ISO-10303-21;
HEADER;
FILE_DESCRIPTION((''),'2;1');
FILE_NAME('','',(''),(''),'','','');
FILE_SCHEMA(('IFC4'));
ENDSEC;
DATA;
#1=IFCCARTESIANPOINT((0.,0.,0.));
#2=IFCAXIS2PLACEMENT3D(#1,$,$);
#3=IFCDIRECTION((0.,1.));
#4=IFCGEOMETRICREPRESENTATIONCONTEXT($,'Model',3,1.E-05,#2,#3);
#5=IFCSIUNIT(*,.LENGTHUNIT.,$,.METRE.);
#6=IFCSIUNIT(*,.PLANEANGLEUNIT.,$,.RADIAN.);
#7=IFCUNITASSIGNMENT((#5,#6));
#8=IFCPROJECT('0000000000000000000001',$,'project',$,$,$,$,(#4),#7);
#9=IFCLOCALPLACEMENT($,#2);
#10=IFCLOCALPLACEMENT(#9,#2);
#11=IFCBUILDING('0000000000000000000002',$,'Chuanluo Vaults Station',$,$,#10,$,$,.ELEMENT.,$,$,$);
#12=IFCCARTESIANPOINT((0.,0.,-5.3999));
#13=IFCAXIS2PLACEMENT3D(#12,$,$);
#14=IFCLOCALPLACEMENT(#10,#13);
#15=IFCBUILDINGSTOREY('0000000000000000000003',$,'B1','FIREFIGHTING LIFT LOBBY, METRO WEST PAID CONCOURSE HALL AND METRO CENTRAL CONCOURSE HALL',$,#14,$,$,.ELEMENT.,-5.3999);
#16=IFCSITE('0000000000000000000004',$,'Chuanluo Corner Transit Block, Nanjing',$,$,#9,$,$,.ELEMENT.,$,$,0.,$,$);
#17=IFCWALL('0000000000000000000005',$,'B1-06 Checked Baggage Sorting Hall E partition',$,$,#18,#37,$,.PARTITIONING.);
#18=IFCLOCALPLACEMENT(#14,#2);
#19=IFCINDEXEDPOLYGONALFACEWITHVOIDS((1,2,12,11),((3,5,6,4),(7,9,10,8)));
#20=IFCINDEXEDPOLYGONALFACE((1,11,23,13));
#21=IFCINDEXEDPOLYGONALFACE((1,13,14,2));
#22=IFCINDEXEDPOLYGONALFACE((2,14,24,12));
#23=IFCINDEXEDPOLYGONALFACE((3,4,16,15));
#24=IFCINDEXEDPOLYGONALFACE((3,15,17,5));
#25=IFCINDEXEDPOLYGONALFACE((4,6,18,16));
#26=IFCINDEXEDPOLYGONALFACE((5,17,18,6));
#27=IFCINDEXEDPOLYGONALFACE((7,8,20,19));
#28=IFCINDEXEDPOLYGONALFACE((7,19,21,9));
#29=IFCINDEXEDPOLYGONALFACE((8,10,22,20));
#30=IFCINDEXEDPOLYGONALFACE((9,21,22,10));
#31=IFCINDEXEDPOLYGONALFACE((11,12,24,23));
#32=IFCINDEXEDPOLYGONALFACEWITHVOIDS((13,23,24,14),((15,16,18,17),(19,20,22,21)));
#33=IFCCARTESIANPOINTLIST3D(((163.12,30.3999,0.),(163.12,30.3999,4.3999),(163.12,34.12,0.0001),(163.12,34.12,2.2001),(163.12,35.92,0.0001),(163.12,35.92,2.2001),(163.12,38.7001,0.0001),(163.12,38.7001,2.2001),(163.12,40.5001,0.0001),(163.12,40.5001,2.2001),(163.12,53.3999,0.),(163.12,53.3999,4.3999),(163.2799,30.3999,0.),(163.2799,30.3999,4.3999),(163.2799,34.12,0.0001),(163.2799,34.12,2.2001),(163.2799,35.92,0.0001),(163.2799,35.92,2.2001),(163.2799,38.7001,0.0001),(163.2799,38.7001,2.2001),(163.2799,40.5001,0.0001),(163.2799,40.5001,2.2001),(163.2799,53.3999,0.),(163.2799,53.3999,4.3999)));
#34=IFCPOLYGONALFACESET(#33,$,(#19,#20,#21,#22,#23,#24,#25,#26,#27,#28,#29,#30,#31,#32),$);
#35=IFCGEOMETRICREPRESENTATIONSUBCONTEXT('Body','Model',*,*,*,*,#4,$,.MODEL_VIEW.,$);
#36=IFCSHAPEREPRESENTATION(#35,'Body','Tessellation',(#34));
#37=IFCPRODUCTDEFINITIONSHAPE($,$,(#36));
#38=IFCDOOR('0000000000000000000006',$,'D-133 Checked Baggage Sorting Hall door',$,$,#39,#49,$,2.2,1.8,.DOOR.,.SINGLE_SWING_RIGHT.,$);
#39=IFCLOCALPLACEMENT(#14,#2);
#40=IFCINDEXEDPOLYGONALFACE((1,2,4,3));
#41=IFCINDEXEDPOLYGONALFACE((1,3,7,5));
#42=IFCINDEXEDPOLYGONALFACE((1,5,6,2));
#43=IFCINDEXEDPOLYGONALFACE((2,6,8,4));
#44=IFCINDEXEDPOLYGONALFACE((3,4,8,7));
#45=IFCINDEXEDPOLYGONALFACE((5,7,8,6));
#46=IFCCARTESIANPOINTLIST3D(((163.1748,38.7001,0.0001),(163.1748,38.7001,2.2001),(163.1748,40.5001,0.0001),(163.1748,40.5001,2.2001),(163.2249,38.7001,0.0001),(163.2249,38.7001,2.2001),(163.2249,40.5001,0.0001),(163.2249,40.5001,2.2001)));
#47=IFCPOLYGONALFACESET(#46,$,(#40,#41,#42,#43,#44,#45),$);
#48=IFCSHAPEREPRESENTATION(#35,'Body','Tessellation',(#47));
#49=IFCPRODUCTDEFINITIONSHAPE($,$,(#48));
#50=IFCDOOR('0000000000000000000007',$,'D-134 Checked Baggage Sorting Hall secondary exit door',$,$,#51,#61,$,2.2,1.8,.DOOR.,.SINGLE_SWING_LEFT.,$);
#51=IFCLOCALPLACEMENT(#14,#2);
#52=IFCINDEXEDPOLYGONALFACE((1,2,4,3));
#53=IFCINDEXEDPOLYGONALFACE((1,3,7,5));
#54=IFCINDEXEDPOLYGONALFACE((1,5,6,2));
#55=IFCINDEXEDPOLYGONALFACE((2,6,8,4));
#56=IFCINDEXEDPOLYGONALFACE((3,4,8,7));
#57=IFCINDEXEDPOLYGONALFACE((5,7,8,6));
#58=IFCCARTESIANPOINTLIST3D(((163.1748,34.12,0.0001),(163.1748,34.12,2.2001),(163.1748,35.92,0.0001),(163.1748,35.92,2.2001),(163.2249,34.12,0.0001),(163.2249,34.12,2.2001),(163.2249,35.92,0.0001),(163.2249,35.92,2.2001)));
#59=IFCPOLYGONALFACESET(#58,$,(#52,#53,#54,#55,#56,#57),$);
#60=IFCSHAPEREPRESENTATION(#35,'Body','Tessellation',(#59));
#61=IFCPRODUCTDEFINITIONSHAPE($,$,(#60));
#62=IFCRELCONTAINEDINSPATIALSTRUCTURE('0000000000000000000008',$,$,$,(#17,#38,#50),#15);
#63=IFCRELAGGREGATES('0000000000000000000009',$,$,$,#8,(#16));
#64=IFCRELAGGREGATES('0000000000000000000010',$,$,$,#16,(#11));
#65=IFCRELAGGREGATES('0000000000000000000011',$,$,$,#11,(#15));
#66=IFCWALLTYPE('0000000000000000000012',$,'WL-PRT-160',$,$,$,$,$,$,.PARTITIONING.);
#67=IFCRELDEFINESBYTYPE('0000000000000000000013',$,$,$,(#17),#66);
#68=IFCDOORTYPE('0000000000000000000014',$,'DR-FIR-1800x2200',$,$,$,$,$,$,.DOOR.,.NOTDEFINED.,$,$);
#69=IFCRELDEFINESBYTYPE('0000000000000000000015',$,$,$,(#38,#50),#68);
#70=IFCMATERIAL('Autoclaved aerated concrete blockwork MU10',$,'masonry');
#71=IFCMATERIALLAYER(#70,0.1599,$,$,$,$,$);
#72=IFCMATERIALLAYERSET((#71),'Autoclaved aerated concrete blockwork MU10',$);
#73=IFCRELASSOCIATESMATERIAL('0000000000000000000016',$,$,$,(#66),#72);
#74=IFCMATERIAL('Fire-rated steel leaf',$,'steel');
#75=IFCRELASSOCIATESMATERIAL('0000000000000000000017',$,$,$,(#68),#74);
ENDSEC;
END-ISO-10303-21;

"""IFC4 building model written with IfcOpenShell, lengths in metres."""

from ifc_helpers import new_model, si_unit, direction, frame, frame_2d, origin, place, context, subcontext, project, spatial, rectangle, extrude, material, layer, layer_set, type_object, element, fill, save


model = new_model("IFC4")

# Units and contexts
model_context = context("Model", 3, precision=1e-05, world=origin(), true_north=direction((0.0, 1.0)))
body_context = subcontext(model_context, "Body", "Model", "MODEL_VIEW")
ifc_project = project(units=[si_unit("LENGTHUNIT", "METRE"), si_unit("PLANEANGLEUNIT", "RADIAN")], contexts=[model_context])

# Site, building, storey
site_placement = place(None, origin())
site = spatial("IfcSite", under=ifc_project, at=site_placement, Name="Chuanluo Corner Transit Block, Nanjing", CompositionType="ELEMENT", RefElevation=0.0)
building_placement = place(site_placement, origin())
building = spatial("IfcBuilding", under=site, at=building_placement, Name="Chuanluo Vaults Station", CompositionType="ELEMENT")
storey_placement = place(building_placement, frame((0.0, 0.0, -5.3999)))
storey = spatial("IfcBuildingStorey", under=building, at=storey_placement, Name="B1", Description="FIREFIGHTING LIFT LOBBY, METRO WEST PAID CONCOURSE HALL AND METRO CENTRAL CONCOURSE HALL", CompositionType="ELEMENT", Elevation=-5.3999)

# Shared definitions
ifc_material_1 = material(Name="Autoclaved aerated concrete blockwork MU10", Category="masonry")
ifc_layer = layer(ifc_material_1, 0.1599)
ifc_layer_set = layer_set([ifc_layer], Name="Autoclaved aerated concrete blockwork MU10")
wall_type = type_object("IfcWallType", Name="WL-PRT-160", PredefinedType="PARTITIONING", material=ifc_layer_set)

# Wall, openings, doors
wall_1_placement = place(storey_placement, frame((163.2, 53.3999, 0.0), z_axis=(0.0, 0.0, 1.0), x_axis=(0.0, -1.0, 0.0)))
wall_1 = element("IfcWall", 1, at=wall_1_placement, inside=storey, type_object=wall_type, Name="B1-06 Checked Baggage Sorting Hall E partition", PredefinedType="PARTITIONING", context=body_context, shape_type="SweptSolid", body=[
    extrude(rectangle(XDim=23.0, YDim=0.1599, at=frame_2d((11.5, 0.0))), origin(), (0.0, 0.0, 1.0), 4.3999),
])
opening_1_placement = place(wall_1_placement, frame((12.8999, 0.0, 0.0)))
opening_1 = element("IfcOpeningElement", 2, at=opening_1_placement, cuts=wall_1, PredefinedType="OPENING", context=body_context, shape_type="SweptSolid", body=[
    extrude(rectangle(XDim=1.8, YDim=2.2, at=frame_2d((0.8999, 1.1001))), frame((0.0, 0.0901, 0.0), z_axis=(0.0, -1.0, 0.0), x_axis=(1.0, 0.0, 0.0)), (0.0, 0.0, 1.0), 0.1799),
])
opening_2_placement = place(wall_1_placement, frame((17.48, 0.0, 0.0)))
opening_2 = element("IfcOpeningElement", 3, at=opening_2_placement, cuts=wall_1, PredefinedType="OPENING", context=body_context, shape_type="SweptSolid", body=[
    extrude(rectangle(XDim=1.8, YDim=2.2, at=frame_2d((0.8999, 1.1001))), frame((0.0, 0.0901, 0.0), z_axis=(0.0, -1.0, 0.0), x_axis=(1.0, 0.0, 0.0)), (0.0, 0.0, 1.0), 0.1799),
])
ifc_material_2 = material(Name="Fire-rated steel leaf", Category="steel")
door_type = type_object("IfcDoorType", Name="DR-FIR-1800x2200", OperationType="NOTDEFINED", PredefinedType="DOOR", material=ifc_material_2)
door_1_placement = place(opening_1_placement, origin())
door_1 = element("IfcDoor", 4, at=door_1_placement, inside=storey, type_object=door_type, Name="D-133 Checked Baggage Sorting Hall door", OperationType="SINGLE_SWING_RIGHT", OverallHeight=2.2, OverallWidth=1.8, PredefinedType="DOOR", context=body_context, shape_type="SweptSolid", body=[
    extrude(rectangle(XDim=1.8, YDim=2.2, at=frame_2d((0.8999, 1.1001))), frame((0.0, 0.0249, 0.0), z_axis=(0.0, -1.0, 0.0), x_axis=(1.0, 0.0, 0.0)), (0.0, 0.0, 1.0), 0.05),
])
fill(opening_1, door_1)
door_2_placement = place(opening_2_placement, origin())
door_2 = element("IfcDoor", 5, at=door_2_placement, inside=storey, type_object=door_type, Name="D-134 Checked Baggage Sorting Hall secondary exit door", OperationType="SINGLE_SWING_LEFT", OverallHeight=2.2, OverallWidth=1.8, PredefinedType="DOOR", context=body_context, shape_type="SweptSolid", body=[
    extrude(rectangle(XDim=1.8, YDim=2.2, at=frame_2d((0.8999, 1.1001))), frame((0.0, 0.0249, 0.0), z_axis=(0.0, -1.0, 0.0), x_axis=(1.0, 0.0, 0.0)), (0.0, 0.0, 1.0), 0.05),
])
fill(opening_2, door_2)

save(model, "model.ifc")
